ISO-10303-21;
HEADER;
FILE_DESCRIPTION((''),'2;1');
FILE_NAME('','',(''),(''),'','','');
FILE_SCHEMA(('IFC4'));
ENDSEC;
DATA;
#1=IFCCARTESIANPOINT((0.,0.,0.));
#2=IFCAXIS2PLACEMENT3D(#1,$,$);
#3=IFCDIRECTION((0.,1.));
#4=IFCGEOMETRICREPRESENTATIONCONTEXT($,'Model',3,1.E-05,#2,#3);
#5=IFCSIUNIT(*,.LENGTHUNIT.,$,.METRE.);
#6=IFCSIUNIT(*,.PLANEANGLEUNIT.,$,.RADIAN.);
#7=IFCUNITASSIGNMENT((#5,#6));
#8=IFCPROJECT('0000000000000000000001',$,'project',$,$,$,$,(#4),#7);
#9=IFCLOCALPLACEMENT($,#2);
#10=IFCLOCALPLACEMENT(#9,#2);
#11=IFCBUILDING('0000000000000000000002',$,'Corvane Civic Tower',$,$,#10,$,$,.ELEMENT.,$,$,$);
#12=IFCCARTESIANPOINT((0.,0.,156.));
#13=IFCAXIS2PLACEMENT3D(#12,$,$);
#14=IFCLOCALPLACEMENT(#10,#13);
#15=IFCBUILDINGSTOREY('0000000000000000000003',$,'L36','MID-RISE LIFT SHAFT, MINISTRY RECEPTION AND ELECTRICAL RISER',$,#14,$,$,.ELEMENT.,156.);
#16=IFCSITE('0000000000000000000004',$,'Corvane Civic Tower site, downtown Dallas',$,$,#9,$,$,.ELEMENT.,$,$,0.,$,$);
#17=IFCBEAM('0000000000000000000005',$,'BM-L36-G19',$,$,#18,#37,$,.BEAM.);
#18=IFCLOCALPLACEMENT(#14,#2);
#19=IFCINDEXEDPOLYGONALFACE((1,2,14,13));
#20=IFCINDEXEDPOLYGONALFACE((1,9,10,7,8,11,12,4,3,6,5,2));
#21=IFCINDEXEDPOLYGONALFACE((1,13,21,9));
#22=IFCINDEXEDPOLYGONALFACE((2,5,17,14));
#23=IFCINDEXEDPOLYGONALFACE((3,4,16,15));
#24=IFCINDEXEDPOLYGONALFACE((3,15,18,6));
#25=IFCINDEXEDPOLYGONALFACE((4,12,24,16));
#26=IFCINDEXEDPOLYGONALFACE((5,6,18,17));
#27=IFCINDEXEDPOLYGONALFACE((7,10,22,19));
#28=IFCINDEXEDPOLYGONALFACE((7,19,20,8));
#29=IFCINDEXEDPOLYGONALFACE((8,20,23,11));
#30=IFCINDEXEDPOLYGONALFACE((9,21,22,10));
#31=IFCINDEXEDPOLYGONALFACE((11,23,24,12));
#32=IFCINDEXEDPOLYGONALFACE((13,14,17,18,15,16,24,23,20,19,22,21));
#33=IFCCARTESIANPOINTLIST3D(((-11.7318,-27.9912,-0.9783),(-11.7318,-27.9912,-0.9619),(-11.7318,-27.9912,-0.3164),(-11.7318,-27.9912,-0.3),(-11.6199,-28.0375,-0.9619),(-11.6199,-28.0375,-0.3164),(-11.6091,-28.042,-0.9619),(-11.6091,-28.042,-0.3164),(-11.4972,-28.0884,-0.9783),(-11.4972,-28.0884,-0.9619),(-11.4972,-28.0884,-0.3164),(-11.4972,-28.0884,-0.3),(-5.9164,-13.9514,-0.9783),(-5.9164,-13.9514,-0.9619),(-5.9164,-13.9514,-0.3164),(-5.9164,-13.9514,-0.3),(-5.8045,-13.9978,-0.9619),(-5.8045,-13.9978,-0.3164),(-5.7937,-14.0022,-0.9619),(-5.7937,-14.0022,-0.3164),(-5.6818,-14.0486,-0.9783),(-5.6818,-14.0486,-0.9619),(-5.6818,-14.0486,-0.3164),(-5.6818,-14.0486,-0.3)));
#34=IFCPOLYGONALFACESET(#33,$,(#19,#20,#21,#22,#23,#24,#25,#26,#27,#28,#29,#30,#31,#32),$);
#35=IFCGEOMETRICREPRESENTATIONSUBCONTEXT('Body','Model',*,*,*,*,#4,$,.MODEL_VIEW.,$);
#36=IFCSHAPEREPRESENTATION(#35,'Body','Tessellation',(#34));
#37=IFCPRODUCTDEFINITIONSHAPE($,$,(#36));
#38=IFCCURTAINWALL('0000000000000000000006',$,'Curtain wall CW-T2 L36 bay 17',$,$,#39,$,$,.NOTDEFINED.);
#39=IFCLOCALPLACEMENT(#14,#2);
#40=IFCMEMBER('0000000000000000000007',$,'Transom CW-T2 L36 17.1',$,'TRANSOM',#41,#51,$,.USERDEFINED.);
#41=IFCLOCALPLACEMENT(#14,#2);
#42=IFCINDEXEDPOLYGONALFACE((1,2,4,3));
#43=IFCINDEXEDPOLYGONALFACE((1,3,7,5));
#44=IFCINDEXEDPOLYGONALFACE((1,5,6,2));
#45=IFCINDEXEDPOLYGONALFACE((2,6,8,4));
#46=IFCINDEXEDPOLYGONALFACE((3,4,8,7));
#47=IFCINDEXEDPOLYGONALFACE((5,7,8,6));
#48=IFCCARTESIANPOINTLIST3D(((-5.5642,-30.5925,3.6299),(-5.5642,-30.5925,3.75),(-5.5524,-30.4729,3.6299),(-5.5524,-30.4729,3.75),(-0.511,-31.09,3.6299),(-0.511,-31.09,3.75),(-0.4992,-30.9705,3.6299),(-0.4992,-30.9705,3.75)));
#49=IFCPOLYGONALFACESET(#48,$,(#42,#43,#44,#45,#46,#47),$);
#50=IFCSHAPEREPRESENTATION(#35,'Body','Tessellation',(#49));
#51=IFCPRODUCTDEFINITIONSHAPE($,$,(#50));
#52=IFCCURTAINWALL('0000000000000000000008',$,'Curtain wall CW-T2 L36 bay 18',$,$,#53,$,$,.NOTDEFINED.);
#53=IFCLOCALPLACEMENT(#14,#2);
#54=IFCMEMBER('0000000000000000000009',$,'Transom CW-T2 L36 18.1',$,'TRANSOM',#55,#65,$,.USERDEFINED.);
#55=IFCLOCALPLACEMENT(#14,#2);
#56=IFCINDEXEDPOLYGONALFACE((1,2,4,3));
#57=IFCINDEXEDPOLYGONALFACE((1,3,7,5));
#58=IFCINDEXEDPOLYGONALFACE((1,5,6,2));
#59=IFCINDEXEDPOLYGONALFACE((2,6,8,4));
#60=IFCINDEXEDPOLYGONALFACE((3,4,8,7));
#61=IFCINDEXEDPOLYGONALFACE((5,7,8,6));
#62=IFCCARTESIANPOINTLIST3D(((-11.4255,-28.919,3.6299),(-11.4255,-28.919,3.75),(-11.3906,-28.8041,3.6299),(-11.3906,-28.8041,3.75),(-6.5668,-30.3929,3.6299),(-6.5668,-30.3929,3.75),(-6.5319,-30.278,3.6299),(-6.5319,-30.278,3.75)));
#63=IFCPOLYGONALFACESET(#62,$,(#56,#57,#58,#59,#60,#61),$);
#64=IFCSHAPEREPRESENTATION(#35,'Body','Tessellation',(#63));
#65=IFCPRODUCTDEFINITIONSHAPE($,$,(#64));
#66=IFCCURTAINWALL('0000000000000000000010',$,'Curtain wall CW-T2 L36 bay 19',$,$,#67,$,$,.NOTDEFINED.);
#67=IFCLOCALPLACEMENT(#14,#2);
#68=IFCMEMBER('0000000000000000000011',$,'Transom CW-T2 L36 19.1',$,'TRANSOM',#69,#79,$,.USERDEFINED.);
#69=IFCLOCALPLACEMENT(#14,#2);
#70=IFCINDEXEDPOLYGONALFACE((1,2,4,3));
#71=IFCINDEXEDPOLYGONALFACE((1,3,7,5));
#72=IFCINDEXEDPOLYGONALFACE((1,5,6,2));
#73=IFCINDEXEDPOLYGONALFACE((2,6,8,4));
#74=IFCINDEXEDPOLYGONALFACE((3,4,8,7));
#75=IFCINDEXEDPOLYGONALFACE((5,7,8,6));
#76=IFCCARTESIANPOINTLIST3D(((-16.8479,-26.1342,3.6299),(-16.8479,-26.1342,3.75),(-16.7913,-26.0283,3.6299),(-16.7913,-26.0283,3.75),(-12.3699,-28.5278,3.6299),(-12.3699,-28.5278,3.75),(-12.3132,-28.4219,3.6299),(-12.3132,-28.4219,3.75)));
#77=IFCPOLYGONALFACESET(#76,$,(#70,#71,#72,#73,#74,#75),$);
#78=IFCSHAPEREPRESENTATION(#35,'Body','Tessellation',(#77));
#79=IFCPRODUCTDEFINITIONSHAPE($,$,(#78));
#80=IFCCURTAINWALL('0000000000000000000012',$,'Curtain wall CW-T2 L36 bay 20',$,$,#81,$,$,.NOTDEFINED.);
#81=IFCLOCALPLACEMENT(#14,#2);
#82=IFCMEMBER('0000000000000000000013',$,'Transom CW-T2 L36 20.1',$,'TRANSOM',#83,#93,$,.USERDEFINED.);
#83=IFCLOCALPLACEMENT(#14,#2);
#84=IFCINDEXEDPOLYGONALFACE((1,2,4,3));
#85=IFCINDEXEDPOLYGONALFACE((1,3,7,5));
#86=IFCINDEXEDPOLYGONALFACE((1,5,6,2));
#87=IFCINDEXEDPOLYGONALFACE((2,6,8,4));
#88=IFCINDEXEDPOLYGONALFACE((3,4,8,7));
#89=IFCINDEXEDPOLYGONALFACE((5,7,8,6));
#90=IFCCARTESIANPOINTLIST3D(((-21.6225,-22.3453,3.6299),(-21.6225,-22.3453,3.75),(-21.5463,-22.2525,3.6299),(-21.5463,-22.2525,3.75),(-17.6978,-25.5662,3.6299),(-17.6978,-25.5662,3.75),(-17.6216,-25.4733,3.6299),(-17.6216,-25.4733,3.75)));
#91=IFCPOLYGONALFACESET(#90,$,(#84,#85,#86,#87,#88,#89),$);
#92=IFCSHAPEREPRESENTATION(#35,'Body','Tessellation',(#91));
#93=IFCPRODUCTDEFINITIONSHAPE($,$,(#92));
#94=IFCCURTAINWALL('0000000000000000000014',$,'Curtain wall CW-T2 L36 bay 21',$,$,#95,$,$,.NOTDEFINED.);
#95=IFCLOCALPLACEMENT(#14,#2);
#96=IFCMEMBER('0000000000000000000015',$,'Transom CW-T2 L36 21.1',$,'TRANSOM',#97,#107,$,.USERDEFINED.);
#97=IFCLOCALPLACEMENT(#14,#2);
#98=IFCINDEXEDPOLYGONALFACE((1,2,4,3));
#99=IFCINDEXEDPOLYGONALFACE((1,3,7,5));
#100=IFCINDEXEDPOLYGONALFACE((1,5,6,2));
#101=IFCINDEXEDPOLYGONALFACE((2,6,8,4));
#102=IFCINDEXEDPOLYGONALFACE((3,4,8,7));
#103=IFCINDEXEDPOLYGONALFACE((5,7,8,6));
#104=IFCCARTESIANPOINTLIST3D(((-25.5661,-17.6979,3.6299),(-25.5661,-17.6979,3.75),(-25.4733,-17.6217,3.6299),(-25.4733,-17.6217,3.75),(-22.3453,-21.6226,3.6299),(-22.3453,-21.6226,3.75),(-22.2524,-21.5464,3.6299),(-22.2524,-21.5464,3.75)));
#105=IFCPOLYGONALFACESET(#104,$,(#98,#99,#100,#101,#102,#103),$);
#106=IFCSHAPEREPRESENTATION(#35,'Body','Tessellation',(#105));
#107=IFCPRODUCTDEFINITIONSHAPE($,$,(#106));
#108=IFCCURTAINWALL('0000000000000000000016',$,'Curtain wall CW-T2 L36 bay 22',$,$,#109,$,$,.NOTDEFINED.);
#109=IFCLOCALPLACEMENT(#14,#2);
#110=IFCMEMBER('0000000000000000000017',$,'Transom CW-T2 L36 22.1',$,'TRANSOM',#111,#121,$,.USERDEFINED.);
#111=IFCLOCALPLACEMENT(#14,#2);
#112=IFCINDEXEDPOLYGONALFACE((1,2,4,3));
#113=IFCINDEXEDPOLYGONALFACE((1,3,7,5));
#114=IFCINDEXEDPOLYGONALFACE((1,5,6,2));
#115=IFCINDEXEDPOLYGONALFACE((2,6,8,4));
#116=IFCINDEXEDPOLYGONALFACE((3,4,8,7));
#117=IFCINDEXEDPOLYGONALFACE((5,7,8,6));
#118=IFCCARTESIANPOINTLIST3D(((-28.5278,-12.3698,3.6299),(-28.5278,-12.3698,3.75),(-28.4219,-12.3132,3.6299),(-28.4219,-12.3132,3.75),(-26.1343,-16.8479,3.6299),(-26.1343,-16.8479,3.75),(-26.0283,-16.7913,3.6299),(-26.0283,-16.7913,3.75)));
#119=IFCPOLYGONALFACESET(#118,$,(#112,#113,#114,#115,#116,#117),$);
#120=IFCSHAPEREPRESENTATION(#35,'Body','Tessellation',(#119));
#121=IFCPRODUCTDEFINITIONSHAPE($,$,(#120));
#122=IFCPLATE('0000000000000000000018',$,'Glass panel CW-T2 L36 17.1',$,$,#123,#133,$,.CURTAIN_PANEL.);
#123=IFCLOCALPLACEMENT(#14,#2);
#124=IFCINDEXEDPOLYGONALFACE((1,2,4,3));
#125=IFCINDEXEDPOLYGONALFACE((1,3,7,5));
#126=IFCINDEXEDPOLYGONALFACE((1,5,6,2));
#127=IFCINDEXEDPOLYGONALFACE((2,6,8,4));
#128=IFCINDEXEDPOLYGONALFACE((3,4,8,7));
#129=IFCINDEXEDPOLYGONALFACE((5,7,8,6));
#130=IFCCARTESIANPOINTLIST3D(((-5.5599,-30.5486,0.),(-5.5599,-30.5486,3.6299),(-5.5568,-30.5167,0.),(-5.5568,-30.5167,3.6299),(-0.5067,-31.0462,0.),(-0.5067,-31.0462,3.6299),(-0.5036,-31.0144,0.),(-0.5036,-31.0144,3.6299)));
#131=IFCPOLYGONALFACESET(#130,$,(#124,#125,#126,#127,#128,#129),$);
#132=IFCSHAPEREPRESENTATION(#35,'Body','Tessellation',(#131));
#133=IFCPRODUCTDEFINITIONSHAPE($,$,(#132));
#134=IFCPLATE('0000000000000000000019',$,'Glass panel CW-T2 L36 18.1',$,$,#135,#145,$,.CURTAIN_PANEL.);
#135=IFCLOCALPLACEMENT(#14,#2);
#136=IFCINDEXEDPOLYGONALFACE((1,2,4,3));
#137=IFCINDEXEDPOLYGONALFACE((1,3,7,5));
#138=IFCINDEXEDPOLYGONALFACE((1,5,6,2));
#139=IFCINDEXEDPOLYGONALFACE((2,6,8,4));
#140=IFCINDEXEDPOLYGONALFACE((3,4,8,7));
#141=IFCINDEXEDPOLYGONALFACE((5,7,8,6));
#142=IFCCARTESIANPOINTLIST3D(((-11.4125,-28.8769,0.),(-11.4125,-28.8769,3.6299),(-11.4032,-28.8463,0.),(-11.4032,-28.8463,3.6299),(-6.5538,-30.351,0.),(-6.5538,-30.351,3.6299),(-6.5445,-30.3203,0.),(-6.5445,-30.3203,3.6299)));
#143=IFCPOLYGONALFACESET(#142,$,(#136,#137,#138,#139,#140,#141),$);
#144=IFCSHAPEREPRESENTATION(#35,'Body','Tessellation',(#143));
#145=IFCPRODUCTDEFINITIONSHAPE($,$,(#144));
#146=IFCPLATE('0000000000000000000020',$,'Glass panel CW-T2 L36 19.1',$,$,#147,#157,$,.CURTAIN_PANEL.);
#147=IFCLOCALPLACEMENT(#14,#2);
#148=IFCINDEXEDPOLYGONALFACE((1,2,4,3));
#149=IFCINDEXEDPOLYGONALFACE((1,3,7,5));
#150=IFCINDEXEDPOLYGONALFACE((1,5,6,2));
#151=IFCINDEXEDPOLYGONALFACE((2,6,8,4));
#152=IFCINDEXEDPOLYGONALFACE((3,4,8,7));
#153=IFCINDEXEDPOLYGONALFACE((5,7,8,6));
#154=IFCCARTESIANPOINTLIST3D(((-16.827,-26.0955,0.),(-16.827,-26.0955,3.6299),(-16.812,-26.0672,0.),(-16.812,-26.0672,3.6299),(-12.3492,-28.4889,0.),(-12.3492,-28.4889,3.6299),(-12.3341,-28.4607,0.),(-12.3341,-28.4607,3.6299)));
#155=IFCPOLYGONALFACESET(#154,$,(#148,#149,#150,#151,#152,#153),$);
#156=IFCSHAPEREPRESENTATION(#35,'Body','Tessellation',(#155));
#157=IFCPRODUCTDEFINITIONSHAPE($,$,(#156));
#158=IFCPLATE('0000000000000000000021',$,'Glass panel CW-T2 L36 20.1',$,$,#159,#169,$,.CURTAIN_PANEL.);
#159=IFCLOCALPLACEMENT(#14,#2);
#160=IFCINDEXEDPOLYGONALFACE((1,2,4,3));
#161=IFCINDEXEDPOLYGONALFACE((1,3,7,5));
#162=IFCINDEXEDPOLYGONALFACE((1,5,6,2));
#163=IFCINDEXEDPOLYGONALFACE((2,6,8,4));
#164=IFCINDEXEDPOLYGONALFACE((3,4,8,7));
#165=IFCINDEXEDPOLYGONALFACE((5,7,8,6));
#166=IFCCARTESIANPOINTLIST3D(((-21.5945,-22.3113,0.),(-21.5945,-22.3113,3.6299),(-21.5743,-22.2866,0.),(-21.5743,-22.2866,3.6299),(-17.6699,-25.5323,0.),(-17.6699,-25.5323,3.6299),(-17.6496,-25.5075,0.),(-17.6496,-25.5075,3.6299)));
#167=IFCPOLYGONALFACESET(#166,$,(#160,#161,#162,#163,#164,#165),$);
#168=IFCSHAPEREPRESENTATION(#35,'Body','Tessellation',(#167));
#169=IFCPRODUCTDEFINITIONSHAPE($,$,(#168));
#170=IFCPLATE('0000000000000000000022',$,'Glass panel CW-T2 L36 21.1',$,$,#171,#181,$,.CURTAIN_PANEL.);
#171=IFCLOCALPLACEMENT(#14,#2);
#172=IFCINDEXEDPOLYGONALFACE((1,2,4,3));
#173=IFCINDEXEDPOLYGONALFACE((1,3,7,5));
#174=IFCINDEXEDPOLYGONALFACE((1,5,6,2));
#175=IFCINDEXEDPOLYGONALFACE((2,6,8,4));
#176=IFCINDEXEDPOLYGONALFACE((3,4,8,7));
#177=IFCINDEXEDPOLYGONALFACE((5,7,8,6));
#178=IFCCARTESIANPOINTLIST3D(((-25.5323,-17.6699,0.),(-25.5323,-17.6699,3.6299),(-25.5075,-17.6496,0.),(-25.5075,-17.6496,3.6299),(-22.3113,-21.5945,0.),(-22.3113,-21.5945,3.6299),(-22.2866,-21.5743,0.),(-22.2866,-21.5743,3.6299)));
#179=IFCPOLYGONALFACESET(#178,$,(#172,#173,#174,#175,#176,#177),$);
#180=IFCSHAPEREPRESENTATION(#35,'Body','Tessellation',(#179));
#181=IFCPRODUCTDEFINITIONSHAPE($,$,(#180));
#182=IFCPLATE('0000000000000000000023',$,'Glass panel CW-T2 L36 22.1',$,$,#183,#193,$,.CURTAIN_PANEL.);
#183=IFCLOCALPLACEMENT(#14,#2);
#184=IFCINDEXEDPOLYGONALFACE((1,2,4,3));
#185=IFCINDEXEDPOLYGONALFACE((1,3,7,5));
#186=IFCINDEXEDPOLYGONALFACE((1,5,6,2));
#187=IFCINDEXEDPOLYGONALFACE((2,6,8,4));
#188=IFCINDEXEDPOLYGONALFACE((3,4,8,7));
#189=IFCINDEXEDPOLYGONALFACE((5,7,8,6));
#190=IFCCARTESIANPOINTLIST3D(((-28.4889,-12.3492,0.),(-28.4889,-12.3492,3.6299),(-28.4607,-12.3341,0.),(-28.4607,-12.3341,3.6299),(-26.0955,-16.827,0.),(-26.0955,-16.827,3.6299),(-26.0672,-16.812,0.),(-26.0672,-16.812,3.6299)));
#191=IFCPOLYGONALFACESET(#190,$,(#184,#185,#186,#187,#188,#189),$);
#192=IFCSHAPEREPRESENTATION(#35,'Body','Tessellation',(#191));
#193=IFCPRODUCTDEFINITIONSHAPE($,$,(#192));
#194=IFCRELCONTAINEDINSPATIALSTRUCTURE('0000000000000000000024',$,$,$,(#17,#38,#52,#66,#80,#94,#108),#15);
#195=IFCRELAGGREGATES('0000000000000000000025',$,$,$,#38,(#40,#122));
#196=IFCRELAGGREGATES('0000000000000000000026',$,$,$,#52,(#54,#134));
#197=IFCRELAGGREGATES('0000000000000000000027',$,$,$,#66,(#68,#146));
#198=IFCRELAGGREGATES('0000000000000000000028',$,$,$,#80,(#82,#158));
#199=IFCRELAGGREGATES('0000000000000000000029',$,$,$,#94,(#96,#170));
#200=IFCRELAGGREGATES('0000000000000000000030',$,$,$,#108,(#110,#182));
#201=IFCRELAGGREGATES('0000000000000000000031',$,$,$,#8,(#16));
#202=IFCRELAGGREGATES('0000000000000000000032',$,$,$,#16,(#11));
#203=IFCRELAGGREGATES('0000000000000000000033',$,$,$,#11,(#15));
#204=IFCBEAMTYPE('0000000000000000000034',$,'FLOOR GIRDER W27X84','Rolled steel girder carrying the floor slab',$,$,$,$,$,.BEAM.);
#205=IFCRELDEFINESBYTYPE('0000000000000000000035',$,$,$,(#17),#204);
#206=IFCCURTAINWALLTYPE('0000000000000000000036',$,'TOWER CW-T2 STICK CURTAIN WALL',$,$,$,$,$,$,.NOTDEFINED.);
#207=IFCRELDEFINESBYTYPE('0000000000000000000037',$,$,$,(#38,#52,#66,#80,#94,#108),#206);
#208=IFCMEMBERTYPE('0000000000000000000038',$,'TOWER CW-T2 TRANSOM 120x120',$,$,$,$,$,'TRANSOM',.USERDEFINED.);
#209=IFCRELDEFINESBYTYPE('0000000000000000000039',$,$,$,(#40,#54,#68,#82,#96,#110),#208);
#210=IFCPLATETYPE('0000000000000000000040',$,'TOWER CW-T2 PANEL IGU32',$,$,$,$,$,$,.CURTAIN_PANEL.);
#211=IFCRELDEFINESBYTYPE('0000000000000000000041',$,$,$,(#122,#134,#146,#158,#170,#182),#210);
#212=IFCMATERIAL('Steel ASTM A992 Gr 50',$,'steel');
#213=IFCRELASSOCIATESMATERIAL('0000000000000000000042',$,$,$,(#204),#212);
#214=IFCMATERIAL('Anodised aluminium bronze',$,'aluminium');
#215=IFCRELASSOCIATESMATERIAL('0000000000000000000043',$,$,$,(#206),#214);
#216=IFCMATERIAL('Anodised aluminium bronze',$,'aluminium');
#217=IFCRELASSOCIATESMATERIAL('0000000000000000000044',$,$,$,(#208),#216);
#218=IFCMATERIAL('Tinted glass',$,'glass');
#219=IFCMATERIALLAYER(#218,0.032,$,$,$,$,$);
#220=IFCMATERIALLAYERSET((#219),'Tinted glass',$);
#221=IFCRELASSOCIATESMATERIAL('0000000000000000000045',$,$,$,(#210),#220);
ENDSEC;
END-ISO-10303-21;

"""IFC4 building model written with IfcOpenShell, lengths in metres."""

from ifc_helpers import new_model, si_unit, direction, frame, origin, origin_2d, place, context, subcontext, project, spatial, rectangle, i_section, extrude, material, layer, layer_set, material_profile, profile_set, type_object, element, aggregate, save


model = new_model("IFC4")

# Units and contexts
model_context = context("Model", 3, precision=1e-05, world=origin(), true_north=direction((0.0, 1.0)))
body_context = subcontext(model_context, "Body", "Model", "MODEL_VIEW")
ifc_project = project(units=[si_unit("LENGTHUNIT", "METRE"), si_unit("PLANEANGLEUNIT", "RADIAN")], contexts=[model_context])

# Site, building, storey
site_placement = place(None, origin())
site = spatial("IfcSite", under=ifc_project, at=site_placement, Name="Corvane Civic Tower site, downtown Dallas", CompositionType="ELEMENT", RefElevation=0.0)
building_placement = place(site_placement, origin())
building = spatial("IfcBuilding", under=site, at=building_placement, Name="Corvane Civic Tower", CompositionType="ELEMENT")
storey_placement = place(building_placement, frame((0.0, 0.0, 156.0)))
storey = spatial("IfcBuildingStorey", under=building, at=storey_placement, Name="L36", Description="MID-RISE LIFT SHAFT, MINISTRY RECEPTION AND ELECTRICAL RISER", CompositionType="ELEMENT", Elevation=156.0)

# Beam
ifc_material_1 = material(Name="Steel ASTM A992 Gr 50", Category="steel")
ifc_material_profile_1 = material_profile(ifc_material_1, i_section(OverallWidth=0.2539, OverallDepth=0.6782, WebThickness=0.0117, FlangeThickness=0.0164, at=origin_2d()), Name="W27X84")
ifc_profile_set_1 = profile_set([ifc_material_profile_1], Name="Steel ASTM A992 Gr 50")
beam_type_1 = type_object("IfcBeamType", Name="FLOOR GIRDER W27X84", Description="Rolled steel girder carrying the floor slab", PredefinedType="BEAM", material=ifc_profile_set_1)
beam_1_placement = place(storey_placement, frame((-5.7991, -14.0, -0.6392), z_axis=(-0.382681, -0.923881, 0.0), x_axis=(0.923881, -0.382681, 0.0)))
element("IfcBeam", 1, at=beam_1_placement, inside=storey, type_object=beam_type_1, Name="BM-L36-G19", PredefinedType="BEAM", context=body_context, shape_type="SweptSolid", body=[
    extrude(i_section(OverallWidth=0.2539, OverallDepth=0.6782, WebThickness=0.0117, FlangeThickness=0.0164, at=origin_2d()), origin(), (0.0, 0.0, 1.0), 15.1965),
])

# Curtain walls, members
ifc_material_2 = material(Name="Anodised aluminium bronze", Category="aluminium")
curtain_wall_type = type_object("IfcCurtainWallType", Name="TOWER CW-T2 STICK CURTAIN WALL", PredefinedType="NOTDEFINED", material=ifc_material_2)
curtain_wall_1_placement = place(storey_placement, origin())
curtain_wall_1 = element("IfcCurtainWall", 2, at=curtain_wall_1_placement, inside=storey, type_object=curtain_wall_type, Name="Curtain wall CW-T2 L36 bay 17", PredefinedType="NOTDEFINED")
ifc_material_3 = material(Name="Anodised aluminium bronze", Category="aluminium")
ifc_material_profile_2 = material_profile(ifc_material_3, rectangle(XDim=0.1201, YDim=0.1201, at=origin_2d()), Name="TOWER CW-T2 TRANSOM 120x120")
ifc_profile_set_2 = profile_set([ifc_material_profile_2], Name="Anodised aluminium bronze")
member_type = type_object("IfcMemberType", Name="TOWER CW-T2 TRANSOM 120x120", ElementType="TRANSOM", PredefinedType="USERDEFINED", material=ifc_profile_set_2)
member_1_placement = place(storey_placement, frame((-0.5051, -31.0303, 3.6899), z_axis=(-0.995187, 0.09799, 0.0), x_axis=(-0.09799, -0.995187, 0.0)))
member_1 = element("IfcMember", 3, at=member_1_placement, type_object=member_type, Name="Transom CW-T2 L36 17.1", ObjectType="TRANSOM", PredefinedType="USERDEFINED", context=body_context, shape_type="SweptSolid", body=[
    extrude(rectangle(XDim=0.1201, YDim=0.1201, at=origin_2d()), origin(), (0.0, 0.0, 1.0), 5.0776),
])
curtain_wall_2_placement = place(storey_placement, origin())
curtain_wall_2 = element("IfcCurtainWall", 4, at=curtain_wall_2_placement, inside=storey, type_object=curtain_wall_type, Name="Curtain wall CW-T2 L36 bay 18", PredefinedType="NOTDEFINED")
member_2_placement = place(storey_placement, frame((-6.5493, -30.3354, 3.6899), z_axis=(-0.956939, 0.290289, 0.0), x_axis=(-0.290289, -0.956939, 0.0)))
member_2 = element("IfcMember", 5, at=member_2_placement, type_object=member_type, Name="Transom CW-T2 L36 18.1", ObjectType="TRANSOM", PredefinedType="USERDEFINED", context=body_context, shape_type="SweptSolid", body=[
    extrude(rectangle(XDim=0.1201, YDim=0.1201, at=origin_2d()), origin(), (0.0, 0.0, 1.0), 5.0774),
])
curtain_wall_3_placement = place(storey_placement, origin())
curtain_wall_3 = element("IfcCurtainWall", 6, at=curtain_wall_3_placement, inside=storey, type_object=curtain_wall_type, Name="Curtain wall CW-T2 L36 bay 19", PredefinedType="NOTDEFINED")
member_3_placement = place(storey_placement, frame((-12.3416, -28.4749, 3.6899), z_axis=(-0.881921, 0.471397, 0.0), x_axis=(-0.471397, -0.881921, 0.0)))
member_3 = element("IfcMember", 7, at=member_3_placement, type_object=member_type, Name="Transom CW-T2 L36 19.1", ObjectType="TRANSOM", PredefinedType="USERDEFINED", context=body_context, shape_type="SweptSolid", body=[
    extrude(rectangle(XDim=0.1201, YDim=0.1201, at=origin_2d()), origin(), (0.0, 0.0, 1.0), 5.0776),
])
curtain_wall_4_placement = place(storey_placement, origin())
curtain_wall_4 = element("IfcCurtainWall", 8, at=curtain_wall_4_placement, inside=storey, type_object=curtain_wall_type, Name="Curtain wall CW-T2 L36 bay 20", PredefinedType="NOTDEFINED")
member_4_placement = place(storey_placement, frame((-17.6597, -25.5198, 3.6899), z_axis=(-0.773016, 0.634387, 0.0), x_axis=(-0.634387, -0.773016, 0.0)))
member_4 = element("IfcMember", 9, at=member_4_placement, type_object=member_type, Name="Transom CW-T2 L36 20.1", ObjectType="TRANSOM", PredefinedType="USERDEFINED", context=body_context, shape_type="SweptSolid", body=[
    extrude(rectangle(XDim=0.1201, YDim=0.1201, at=origin_2d()), origin(), (0.0, 0.0, 1.0), 5.0771),
])
curtain_wall_5_placement = place(storey_placement, origin())
curtain_wall_5 = element("IfcCurtainWall", 10, at=curtain_wall_5_placement, inside=storey, type_object=curtain_wall_type, Name="Curtain wall CW-T2 L36 bay 21", PredefinedType="NOTDEFINED")
member_5_placement = place(storey_placement, frame((-22.2988, -21.5845, 3.6899), z_axis=(-0.634387, 0.773016, 0.0), x_axis=(-0.773016, -0.634387, 0.0)))
member_5 = element("IfcMember", 11, at=member_5_placement, type_object=member_type, Name="Transom CW-T2 L36 21.1", ObjectType="TRANSOM", PredefinedType="USERDEFINED", context=body_context, shape_type="SweptSolid", body=[
    extrude(rectangle(XDim=0.1201, YDim=0.1201, at=origin_2d()), origin(), (0.0, 0.0, 1.0), 5.0771),
])
curtain_wall_6_placement = place(storey_placement, origin())
curtain_wall_6 = element("IfcCurtainWall", 12, at=curtain_wall_6_placement, inside=storey, type_object=curtain_wall_type, Name="Curtain wall CW-T2 L36 bay 22", PredefinedType="NOTDEFINED")
member_6_placement = place(storey_placement, frame((-26.0813, -16.8196, 3.6899), z_axis=(-0.471397, 0.881921, 0.0), x_axis=(-0.881921, -0.471397, 0.0)))
member_6 = element("IfcMember", 13, at=member_6_placement, type_object=member_type, Name="Transom CW-T2 L36 22.1", ObjectType="TRANSOM", PredefinedType="USERDEFINED", context=body_context, shape_type="SweptSolid", body=[
    extrude(rectangle(XDim=0.1201, YDim=0.1201, at=origin_2d()), origin(), (0.0, 0.0, 1.0), 5.0776),
])

# Plates
ifc_material_4 = material(Name="Tinted glass", Category="glass")
ifc_layer_1 = layer(ifc_material_4, 0.032)
ifc_layer_set_1 = layer_set([ifc_layer_1], Name="Tinted glass")
plate_type = type_object("IfcPlateType", Name="TOWER CW-T2 PANEL IGU32", PredefinedType="CURTAIN_PANEL", material=ifc_layer_set_1)
plate_1_placement = place(storey_placement, frame((-3.0317, -30.7815, 0.0), z_axis=(0.0, 0.0, 1.0), x_axis=(-0.995185, 0.098012, 0.0)))
plate_1 = element("IfcPlate", 14, at=plate_1_placement, type_object=plate_type, Name="Glass panel CW-T2 L36 17.1", PredefinedType="CURTAIN_PANEL", context=body_context, shape_type="SweptSolid", body=[
    extrude(rectangle(XDim=5.0776, YDim=0.032, at=origin_2d()), origin(), (0.0, 0.0, 1.0), 3.6299),
])
aggregate(curtain_wall_1, [member_1, plate_1])
plate_2_placement = place(storey_placement, frame((-8.9785, -29.5986, 0.0), z_axis=(0.0, 0.0, 1.0), x_axis=(-0.956932, 0.290313, 0.0)))
plate_2 = element("IfcPlate", 15, at=plate_2_placement, type_object=plate_type, Name="Glass panel CW-T2 L36 18.1", PredefinedType="CURTAIN_PANEL", context=body_context, shape_type="SweptSolid", body=[
    extrude(rectangle(XDim=5.0774, YDim=0.032, at=origin_2d()), origin(), (0.0, 0.0, 1.0), 3.6299),
])
aggregate(curtain_wall_2, [member_2, plate_2])
plate_3_placement = place(storey_placement, frame((-14.5806, -27.2781, 0.0), z_axis=(0.0, 0.0, 1.0), x_axis=(-0.881922, 0.471395, 0.0)))
plate_3 = element("IfcPlate", 16, at=plate_3_placement, type_object=plate_type, Name="Glass panel CW-T2 L36 19.1", PredefinedType="CURTAIN_PANEL", context=body_context, shape_type="SweptSolid", body=[
    extrude(rectangle(XDim=5.0774, YDim=0.032, at=origin_2d()), origin(), (0.0, 0.0, 1.0), 3.6299),
])
aggregate(curtain_wall_3, [member_3, plate_3])
plate_4_placement = place(storey_placement, frame((-19.6221, -23.9094, 0.0), z_axis=(0.0, 0.0, 1.0), x_axis=(-0.773005, 0.6344, 0.0)))
plate_4 = element("IfcPlate", 17, at=plate_4_placement, type_object=plate_type, Name="Glass panel CW-T2 L36 20.1", PredefinedType="CURTAIN_PANEL", context=body_context, shape_type="SweptSolid", body=[
    extrude(rectangle(XDim=5.0771, YDim=0.032, at=origin_2d()), origin(), (0.0, 0.0, 1.0), 3.6299),
])
aggregate(curtain_wall_4, [member_4, plate_4])
plate_5_placement = place(storey_placement, frame((-23.9094, -19.6221, 0.0), z_axis=(0.0, 0.0, 1.0), x_axis=(-0.6344, 0.773005, 0.0)))
plate_5 = element("IfcPlate", 18, at=plate_5_placement, type_object=plate_type, Name="Glass panel CW-T2 L36 21.1", PredefinedType="CURTAIN_PANEL", context=body_context, shape_type="SweptSolid", body=[
    extrude(rectangle(XDim=5.0771, YDim=0.032, at=origin_2d()), origin(), (0.0, 0.0, 1.0), 3.6299),
])
aggregate(curtain_wall_5, [member_5, plate_5])
plate_6_placement = place(storey_placement, frame((-27.2781, -14.5806, 0.0), z_axis=(0.0, 0.0, 1.0), x_axis=(-0.471395, 0.881922, 0.0)))
plate_6 = element("IfcPlate", 19, at=plate_6_placement, type_object=plate_type, Name="Glass panel CW-T2 L36 22.1", PredefinedType="CURTAIN_PANEL", context=body_context, shape_type="SweptSolid", body=[
    extrude(rectangle(XDim=5.0774, YDim=0.032, at=origin_2d()), origin(), (0.0, 0.0, 1.0), 3.6299),
])
aggregate(curtain_wall_6, [member_6, plate_6])

save(model, "model.ifc")
